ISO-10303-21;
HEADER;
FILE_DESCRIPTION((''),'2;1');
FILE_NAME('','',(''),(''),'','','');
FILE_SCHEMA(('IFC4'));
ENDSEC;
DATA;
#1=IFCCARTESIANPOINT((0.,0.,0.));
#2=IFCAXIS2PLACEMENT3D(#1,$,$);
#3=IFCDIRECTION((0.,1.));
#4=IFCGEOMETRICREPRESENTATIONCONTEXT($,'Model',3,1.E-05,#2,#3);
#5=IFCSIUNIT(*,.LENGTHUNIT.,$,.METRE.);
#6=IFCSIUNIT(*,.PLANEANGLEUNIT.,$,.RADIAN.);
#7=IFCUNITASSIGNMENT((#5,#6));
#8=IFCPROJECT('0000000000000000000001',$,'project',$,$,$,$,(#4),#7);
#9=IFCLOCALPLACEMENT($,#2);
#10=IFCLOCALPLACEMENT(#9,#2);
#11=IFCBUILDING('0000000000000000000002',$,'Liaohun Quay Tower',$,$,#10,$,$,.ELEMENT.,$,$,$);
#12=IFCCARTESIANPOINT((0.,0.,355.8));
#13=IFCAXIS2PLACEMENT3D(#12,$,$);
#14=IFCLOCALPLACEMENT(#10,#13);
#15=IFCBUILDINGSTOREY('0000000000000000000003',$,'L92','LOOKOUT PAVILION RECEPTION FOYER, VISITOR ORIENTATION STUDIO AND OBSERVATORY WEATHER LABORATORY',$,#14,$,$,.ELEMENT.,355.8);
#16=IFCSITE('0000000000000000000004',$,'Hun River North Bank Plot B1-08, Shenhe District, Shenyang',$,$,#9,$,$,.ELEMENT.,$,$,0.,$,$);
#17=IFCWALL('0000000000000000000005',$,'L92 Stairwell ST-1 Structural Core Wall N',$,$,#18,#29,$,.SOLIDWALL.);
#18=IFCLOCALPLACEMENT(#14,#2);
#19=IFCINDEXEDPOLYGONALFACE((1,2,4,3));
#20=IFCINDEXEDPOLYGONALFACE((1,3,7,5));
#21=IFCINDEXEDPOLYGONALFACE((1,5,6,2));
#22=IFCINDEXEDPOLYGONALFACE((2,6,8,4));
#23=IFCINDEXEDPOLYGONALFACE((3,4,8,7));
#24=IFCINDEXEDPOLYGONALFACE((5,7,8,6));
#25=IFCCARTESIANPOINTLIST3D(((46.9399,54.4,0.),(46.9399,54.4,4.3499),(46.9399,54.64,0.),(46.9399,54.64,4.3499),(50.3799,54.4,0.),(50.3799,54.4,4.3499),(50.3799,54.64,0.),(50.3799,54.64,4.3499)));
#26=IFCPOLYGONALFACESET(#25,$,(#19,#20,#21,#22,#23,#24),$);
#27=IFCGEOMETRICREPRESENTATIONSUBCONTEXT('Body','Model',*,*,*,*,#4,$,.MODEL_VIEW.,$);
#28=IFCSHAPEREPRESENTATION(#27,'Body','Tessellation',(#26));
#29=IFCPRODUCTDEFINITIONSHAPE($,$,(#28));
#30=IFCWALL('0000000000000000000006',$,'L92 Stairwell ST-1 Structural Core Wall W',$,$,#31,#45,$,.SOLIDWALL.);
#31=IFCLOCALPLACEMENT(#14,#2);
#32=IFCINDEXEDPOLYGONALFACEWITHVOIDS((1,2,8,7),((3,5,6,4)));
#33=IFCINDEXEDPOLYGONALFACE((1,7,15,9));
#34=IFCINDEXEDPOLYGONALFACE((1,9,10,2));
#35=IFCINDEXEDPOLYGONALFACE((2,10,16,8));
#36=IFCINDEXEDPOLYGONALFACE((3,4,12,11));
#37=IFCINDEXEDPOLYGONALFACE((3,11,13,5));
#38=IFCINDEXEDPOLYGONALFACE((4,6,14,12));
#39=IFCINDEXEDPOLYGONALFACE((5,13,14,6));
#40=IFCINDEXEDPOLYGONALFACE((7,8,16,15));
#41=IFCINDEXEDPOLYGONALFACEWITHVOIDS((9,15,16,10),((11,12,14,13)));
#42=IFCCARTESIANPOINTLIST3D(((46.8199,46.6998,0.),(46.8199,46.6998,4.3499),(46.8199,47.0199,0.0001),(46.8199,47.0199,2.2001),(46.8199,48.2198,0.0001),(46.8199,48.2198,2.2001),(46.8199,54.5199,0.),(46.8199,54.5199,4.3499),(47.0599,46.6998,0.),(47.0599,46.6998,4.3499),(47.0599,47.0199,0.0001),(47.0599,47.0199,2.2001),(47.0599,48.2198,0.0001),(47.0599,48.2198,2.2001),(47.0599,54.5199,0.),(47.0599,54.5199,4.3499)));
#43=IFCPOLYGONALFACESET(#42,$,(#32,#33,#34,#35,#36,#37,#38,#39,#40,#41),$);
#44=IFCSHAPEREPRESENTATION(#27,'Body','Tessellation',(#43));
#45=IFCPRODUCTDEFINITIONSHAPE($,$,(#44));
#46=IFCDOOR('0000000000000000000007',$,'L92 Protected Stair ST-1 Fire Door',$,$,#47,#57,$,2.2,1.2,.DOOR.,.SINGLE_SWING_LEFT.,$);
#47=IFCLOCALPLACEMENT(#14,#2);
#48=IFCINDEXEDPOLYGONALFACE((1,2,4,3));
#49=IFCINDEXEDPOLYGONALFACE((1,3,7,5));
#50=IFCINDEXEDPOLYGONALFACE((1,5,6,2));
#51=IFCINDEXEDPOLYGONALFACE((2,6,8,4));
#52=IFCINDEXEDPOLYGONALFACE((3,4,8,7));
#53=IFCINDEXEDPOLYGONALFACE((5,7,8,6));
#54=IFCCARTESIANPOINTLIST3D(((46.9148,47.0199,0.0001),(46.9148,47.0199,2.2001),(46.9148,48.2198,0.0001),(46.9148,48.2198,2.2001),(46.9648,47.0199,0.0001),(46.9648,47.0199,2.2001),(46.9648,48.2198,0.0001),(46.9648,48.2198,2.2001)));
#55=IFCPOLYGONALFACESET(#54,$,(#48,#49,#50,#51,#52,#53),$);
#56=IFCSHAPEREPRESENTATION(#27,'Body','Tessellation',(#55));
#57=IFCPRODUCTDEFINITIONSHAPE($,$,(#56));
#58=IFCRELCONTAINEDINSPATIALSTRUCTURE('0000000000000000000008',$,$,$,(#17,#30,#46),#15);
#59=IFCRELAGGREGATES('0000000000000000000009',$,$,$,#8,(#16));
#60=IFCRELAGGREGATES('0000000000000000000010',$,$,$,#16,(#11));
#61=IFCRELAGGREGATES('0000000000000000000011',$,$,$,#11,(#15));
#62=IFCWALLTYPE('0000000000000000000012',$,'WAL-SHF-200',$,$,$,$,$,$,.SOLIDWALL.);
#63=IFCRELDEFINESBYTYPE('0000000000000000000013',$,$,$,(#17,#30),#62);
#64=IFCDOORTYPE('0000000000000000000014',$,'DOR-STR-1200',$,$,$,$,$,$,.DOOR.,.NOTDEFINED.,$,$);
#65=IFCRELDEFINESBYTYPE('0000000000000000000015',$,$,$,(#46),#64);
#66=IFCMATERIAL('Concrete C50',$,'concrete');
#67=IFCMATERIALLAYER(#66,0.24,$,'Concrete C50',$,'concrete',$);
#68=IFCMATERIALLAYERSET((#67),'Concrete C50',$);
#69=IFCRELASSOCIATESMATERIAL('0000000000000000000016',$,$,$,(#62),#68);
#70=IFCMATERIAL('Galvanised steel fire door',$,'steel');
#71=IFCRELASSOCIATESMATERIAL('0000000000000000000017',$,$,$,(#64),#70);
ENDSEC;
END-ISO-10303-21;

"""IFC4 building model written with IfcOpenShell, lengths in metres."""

from ifc_helpers import new_model, si_unit, direction, frame, frame_2d, origin, place, context, subcontext, project, spatial, rectangle, extrude, source, transform, mapped, material, layer, layer_set, type_object, element, fill, save


model = new_model("IFC4")

# Units and contexts
model_context = context("Model", 3, precision=1e-05, world=origin(), true_north=direction((0.0, 1.0)))
body_context = subcontext(model_context, "Body", "Model", "MODEL_VIEW")
ifc_project = project(units=[si_unit("LENGTHUNIT", "METRE"), si_unit("PLANEANGLEUNIT", "RADIAN")], contexts=[model_context])

# Site, building, storey
site_placement = place(None, origin())
site = spatial("IfcSite", under=ifc_project, at=site_placement, Name="Hun River North Bank Plot B1-08, Shenhe District, Shenyang", CompositionType="ELEMENT", RefElevation=0.0)
building_placement = place(site_placement, origin())
building = spatial("IfcBuilding", under=site, at=building_placement, Name="Liaohun Quay Tower", CompositionType="ELEMENT")
storey_placement = place(building_placement, frame((0.0, 0.0, 355.8)))
storey = spatial("IfcBuildingStorey", under=building, at=storey_placement, Name="L92", Description="LOOKOUT PAVILION RECEPTION FOYER, VISITOR ORIENTATION STUDIO AND OBSERVATORY WEATHER LABORATORY", CompositionType="ELEMENT", Elevation=355.8)

# Wall
ifc_material_1 = material(Name="Concrete C50", Category="concrete")
ifc_layer_1 = layer(ifc_material_1, 0.24, Name="Concrete C50", Category="concrete")
ifc_layer_set_1 = layer_set([ifc_layer_1], Name="Concrete C50")
wall_type_1 = type_object("IfcWallType", Name="WAL-SHF-200", PredefinedType="SOLIDWALL", material=ifc_layer_set_1)
wall_1_placement = place(storey_placement, frame((50.3799, 54.52, 0.0), z_axis=(0.0, 0.0, 1.0), x_axis=(-1.0, 0.0, 0.0)))
element("IfcWall", 1, at=wall_1_placement, inside=storey, type_object=wall_type_1, Name="L92 Stairwell ST-1 Structural Core Wall N", PredefinedType="SOLIDWALL", context=body_context, shape_type="SweptSolid", body=[
    extrude(rectangle(XDim=3.4399, YDim=0.24, at=frame_2d((1.72, 0.0))), origin(), (0.0, 0.0, 1.0), 4.3499),
])

# Wall, opening, door
wall_2_placement = place(storey_placement, frame((46.9399, 54.52, 0.0), z_axis=(0.0, 0.0, 1.0), x_axis=(0.0, -1.0, 0.0)))
wall_2 = element("IfcWall", 2, at=wall_2_placement, inside=storey, type_object=wall_type_1, Name="L92 Stairwell ST-1 Structural Core Wall W", PredefinedType="SOLIDWALL", context=body_context, shape_type="SweptSolid", body=[
    extrude(rectangle(XDim=7.8201, YDim=0.24, at=frame_2d((3.9102, 0.0))), origin(), (0.0, 0.0, 1.0), 4.3499),
])
shared_shape_1 = source(origin(), body_context, "Body", "SweptSolid", [
    extrude(rectangle(XDim=1.2, YDim=2.2, at=frame_2d((0.6001, 1.1001))), frame((0.0, 0.1299, 0.0), z_axis=(0.0, -1.0, 0.0), x_axis=(1.0, 0.0, 0.0)), (0.0, 0.0, 1.0), 0.26),
])
opening_1_placement = place(wall_2_placement, frame((6.3, 0.0, 0.0)))
opening_1 = element("IfcOpeningElement", 3, at=opening_1_placement, cuts=wall_2, PredefinedType="OPENING", context=body_context, shape_type="MappedRepresentation", body=[
    mapped(shared_shape_1, transform((0.0, 0.0, 0.0), x_axis=(1.0, 0.0, 0.0), y_axis=(0.0, 1.0, 0.0), z_axis=(0.0, 0.0, 1.0), scale=1.0)),
])
ifc_material_2 = material(Name="Galvanised steel fire door", Category="steel")
door_type_1 = type_object("IfcDoorType", Name="DOR-STR-1200", OperationType="NOTDEFINED", PredefinedType="DOOR", material=ifc_material_2)
shared_shape_2 = source(origin(), body_context, "Body", "SweptSolid", [
    extrude(rectangle(XDim=1.2, YDim=2.2, at=frame_2d((0.6001, 1.1001))), frame((0.0, 0.0249, 0.0), z_axis=(0.0, -1.0, 0.0), x_axis=(1.0, 0.0, 0.0)), (0.0, 0.0, 1.0), 0.05),
])
door_1_placement = place(opening_1_placement, origin())
door_1 = element("IfcDoor", 4, at=door_1_placement, inside=storey, type_object=door_type_1, Name="L92 Protected Stair ST-1 Fire Door", OperationType="SINGLE_SWING_LEFT", OverallHeight=2.2, OverallWidth=1.2, PredefinedType="DOOR", context=body_context, shape_type="MappedRepresentation", body=[
    mapped(shared_shape_2, transform((0.0, 0.0, 0.0), x_axis=(1.0, 0.0, 0.0), y_axis=(0.0, 1.0, 0.0), z_axis=(0.0, 0.0, 1.0), scale=1.0)),
])
fill(opening_1, door_1)

save(model, "model.ifc")
